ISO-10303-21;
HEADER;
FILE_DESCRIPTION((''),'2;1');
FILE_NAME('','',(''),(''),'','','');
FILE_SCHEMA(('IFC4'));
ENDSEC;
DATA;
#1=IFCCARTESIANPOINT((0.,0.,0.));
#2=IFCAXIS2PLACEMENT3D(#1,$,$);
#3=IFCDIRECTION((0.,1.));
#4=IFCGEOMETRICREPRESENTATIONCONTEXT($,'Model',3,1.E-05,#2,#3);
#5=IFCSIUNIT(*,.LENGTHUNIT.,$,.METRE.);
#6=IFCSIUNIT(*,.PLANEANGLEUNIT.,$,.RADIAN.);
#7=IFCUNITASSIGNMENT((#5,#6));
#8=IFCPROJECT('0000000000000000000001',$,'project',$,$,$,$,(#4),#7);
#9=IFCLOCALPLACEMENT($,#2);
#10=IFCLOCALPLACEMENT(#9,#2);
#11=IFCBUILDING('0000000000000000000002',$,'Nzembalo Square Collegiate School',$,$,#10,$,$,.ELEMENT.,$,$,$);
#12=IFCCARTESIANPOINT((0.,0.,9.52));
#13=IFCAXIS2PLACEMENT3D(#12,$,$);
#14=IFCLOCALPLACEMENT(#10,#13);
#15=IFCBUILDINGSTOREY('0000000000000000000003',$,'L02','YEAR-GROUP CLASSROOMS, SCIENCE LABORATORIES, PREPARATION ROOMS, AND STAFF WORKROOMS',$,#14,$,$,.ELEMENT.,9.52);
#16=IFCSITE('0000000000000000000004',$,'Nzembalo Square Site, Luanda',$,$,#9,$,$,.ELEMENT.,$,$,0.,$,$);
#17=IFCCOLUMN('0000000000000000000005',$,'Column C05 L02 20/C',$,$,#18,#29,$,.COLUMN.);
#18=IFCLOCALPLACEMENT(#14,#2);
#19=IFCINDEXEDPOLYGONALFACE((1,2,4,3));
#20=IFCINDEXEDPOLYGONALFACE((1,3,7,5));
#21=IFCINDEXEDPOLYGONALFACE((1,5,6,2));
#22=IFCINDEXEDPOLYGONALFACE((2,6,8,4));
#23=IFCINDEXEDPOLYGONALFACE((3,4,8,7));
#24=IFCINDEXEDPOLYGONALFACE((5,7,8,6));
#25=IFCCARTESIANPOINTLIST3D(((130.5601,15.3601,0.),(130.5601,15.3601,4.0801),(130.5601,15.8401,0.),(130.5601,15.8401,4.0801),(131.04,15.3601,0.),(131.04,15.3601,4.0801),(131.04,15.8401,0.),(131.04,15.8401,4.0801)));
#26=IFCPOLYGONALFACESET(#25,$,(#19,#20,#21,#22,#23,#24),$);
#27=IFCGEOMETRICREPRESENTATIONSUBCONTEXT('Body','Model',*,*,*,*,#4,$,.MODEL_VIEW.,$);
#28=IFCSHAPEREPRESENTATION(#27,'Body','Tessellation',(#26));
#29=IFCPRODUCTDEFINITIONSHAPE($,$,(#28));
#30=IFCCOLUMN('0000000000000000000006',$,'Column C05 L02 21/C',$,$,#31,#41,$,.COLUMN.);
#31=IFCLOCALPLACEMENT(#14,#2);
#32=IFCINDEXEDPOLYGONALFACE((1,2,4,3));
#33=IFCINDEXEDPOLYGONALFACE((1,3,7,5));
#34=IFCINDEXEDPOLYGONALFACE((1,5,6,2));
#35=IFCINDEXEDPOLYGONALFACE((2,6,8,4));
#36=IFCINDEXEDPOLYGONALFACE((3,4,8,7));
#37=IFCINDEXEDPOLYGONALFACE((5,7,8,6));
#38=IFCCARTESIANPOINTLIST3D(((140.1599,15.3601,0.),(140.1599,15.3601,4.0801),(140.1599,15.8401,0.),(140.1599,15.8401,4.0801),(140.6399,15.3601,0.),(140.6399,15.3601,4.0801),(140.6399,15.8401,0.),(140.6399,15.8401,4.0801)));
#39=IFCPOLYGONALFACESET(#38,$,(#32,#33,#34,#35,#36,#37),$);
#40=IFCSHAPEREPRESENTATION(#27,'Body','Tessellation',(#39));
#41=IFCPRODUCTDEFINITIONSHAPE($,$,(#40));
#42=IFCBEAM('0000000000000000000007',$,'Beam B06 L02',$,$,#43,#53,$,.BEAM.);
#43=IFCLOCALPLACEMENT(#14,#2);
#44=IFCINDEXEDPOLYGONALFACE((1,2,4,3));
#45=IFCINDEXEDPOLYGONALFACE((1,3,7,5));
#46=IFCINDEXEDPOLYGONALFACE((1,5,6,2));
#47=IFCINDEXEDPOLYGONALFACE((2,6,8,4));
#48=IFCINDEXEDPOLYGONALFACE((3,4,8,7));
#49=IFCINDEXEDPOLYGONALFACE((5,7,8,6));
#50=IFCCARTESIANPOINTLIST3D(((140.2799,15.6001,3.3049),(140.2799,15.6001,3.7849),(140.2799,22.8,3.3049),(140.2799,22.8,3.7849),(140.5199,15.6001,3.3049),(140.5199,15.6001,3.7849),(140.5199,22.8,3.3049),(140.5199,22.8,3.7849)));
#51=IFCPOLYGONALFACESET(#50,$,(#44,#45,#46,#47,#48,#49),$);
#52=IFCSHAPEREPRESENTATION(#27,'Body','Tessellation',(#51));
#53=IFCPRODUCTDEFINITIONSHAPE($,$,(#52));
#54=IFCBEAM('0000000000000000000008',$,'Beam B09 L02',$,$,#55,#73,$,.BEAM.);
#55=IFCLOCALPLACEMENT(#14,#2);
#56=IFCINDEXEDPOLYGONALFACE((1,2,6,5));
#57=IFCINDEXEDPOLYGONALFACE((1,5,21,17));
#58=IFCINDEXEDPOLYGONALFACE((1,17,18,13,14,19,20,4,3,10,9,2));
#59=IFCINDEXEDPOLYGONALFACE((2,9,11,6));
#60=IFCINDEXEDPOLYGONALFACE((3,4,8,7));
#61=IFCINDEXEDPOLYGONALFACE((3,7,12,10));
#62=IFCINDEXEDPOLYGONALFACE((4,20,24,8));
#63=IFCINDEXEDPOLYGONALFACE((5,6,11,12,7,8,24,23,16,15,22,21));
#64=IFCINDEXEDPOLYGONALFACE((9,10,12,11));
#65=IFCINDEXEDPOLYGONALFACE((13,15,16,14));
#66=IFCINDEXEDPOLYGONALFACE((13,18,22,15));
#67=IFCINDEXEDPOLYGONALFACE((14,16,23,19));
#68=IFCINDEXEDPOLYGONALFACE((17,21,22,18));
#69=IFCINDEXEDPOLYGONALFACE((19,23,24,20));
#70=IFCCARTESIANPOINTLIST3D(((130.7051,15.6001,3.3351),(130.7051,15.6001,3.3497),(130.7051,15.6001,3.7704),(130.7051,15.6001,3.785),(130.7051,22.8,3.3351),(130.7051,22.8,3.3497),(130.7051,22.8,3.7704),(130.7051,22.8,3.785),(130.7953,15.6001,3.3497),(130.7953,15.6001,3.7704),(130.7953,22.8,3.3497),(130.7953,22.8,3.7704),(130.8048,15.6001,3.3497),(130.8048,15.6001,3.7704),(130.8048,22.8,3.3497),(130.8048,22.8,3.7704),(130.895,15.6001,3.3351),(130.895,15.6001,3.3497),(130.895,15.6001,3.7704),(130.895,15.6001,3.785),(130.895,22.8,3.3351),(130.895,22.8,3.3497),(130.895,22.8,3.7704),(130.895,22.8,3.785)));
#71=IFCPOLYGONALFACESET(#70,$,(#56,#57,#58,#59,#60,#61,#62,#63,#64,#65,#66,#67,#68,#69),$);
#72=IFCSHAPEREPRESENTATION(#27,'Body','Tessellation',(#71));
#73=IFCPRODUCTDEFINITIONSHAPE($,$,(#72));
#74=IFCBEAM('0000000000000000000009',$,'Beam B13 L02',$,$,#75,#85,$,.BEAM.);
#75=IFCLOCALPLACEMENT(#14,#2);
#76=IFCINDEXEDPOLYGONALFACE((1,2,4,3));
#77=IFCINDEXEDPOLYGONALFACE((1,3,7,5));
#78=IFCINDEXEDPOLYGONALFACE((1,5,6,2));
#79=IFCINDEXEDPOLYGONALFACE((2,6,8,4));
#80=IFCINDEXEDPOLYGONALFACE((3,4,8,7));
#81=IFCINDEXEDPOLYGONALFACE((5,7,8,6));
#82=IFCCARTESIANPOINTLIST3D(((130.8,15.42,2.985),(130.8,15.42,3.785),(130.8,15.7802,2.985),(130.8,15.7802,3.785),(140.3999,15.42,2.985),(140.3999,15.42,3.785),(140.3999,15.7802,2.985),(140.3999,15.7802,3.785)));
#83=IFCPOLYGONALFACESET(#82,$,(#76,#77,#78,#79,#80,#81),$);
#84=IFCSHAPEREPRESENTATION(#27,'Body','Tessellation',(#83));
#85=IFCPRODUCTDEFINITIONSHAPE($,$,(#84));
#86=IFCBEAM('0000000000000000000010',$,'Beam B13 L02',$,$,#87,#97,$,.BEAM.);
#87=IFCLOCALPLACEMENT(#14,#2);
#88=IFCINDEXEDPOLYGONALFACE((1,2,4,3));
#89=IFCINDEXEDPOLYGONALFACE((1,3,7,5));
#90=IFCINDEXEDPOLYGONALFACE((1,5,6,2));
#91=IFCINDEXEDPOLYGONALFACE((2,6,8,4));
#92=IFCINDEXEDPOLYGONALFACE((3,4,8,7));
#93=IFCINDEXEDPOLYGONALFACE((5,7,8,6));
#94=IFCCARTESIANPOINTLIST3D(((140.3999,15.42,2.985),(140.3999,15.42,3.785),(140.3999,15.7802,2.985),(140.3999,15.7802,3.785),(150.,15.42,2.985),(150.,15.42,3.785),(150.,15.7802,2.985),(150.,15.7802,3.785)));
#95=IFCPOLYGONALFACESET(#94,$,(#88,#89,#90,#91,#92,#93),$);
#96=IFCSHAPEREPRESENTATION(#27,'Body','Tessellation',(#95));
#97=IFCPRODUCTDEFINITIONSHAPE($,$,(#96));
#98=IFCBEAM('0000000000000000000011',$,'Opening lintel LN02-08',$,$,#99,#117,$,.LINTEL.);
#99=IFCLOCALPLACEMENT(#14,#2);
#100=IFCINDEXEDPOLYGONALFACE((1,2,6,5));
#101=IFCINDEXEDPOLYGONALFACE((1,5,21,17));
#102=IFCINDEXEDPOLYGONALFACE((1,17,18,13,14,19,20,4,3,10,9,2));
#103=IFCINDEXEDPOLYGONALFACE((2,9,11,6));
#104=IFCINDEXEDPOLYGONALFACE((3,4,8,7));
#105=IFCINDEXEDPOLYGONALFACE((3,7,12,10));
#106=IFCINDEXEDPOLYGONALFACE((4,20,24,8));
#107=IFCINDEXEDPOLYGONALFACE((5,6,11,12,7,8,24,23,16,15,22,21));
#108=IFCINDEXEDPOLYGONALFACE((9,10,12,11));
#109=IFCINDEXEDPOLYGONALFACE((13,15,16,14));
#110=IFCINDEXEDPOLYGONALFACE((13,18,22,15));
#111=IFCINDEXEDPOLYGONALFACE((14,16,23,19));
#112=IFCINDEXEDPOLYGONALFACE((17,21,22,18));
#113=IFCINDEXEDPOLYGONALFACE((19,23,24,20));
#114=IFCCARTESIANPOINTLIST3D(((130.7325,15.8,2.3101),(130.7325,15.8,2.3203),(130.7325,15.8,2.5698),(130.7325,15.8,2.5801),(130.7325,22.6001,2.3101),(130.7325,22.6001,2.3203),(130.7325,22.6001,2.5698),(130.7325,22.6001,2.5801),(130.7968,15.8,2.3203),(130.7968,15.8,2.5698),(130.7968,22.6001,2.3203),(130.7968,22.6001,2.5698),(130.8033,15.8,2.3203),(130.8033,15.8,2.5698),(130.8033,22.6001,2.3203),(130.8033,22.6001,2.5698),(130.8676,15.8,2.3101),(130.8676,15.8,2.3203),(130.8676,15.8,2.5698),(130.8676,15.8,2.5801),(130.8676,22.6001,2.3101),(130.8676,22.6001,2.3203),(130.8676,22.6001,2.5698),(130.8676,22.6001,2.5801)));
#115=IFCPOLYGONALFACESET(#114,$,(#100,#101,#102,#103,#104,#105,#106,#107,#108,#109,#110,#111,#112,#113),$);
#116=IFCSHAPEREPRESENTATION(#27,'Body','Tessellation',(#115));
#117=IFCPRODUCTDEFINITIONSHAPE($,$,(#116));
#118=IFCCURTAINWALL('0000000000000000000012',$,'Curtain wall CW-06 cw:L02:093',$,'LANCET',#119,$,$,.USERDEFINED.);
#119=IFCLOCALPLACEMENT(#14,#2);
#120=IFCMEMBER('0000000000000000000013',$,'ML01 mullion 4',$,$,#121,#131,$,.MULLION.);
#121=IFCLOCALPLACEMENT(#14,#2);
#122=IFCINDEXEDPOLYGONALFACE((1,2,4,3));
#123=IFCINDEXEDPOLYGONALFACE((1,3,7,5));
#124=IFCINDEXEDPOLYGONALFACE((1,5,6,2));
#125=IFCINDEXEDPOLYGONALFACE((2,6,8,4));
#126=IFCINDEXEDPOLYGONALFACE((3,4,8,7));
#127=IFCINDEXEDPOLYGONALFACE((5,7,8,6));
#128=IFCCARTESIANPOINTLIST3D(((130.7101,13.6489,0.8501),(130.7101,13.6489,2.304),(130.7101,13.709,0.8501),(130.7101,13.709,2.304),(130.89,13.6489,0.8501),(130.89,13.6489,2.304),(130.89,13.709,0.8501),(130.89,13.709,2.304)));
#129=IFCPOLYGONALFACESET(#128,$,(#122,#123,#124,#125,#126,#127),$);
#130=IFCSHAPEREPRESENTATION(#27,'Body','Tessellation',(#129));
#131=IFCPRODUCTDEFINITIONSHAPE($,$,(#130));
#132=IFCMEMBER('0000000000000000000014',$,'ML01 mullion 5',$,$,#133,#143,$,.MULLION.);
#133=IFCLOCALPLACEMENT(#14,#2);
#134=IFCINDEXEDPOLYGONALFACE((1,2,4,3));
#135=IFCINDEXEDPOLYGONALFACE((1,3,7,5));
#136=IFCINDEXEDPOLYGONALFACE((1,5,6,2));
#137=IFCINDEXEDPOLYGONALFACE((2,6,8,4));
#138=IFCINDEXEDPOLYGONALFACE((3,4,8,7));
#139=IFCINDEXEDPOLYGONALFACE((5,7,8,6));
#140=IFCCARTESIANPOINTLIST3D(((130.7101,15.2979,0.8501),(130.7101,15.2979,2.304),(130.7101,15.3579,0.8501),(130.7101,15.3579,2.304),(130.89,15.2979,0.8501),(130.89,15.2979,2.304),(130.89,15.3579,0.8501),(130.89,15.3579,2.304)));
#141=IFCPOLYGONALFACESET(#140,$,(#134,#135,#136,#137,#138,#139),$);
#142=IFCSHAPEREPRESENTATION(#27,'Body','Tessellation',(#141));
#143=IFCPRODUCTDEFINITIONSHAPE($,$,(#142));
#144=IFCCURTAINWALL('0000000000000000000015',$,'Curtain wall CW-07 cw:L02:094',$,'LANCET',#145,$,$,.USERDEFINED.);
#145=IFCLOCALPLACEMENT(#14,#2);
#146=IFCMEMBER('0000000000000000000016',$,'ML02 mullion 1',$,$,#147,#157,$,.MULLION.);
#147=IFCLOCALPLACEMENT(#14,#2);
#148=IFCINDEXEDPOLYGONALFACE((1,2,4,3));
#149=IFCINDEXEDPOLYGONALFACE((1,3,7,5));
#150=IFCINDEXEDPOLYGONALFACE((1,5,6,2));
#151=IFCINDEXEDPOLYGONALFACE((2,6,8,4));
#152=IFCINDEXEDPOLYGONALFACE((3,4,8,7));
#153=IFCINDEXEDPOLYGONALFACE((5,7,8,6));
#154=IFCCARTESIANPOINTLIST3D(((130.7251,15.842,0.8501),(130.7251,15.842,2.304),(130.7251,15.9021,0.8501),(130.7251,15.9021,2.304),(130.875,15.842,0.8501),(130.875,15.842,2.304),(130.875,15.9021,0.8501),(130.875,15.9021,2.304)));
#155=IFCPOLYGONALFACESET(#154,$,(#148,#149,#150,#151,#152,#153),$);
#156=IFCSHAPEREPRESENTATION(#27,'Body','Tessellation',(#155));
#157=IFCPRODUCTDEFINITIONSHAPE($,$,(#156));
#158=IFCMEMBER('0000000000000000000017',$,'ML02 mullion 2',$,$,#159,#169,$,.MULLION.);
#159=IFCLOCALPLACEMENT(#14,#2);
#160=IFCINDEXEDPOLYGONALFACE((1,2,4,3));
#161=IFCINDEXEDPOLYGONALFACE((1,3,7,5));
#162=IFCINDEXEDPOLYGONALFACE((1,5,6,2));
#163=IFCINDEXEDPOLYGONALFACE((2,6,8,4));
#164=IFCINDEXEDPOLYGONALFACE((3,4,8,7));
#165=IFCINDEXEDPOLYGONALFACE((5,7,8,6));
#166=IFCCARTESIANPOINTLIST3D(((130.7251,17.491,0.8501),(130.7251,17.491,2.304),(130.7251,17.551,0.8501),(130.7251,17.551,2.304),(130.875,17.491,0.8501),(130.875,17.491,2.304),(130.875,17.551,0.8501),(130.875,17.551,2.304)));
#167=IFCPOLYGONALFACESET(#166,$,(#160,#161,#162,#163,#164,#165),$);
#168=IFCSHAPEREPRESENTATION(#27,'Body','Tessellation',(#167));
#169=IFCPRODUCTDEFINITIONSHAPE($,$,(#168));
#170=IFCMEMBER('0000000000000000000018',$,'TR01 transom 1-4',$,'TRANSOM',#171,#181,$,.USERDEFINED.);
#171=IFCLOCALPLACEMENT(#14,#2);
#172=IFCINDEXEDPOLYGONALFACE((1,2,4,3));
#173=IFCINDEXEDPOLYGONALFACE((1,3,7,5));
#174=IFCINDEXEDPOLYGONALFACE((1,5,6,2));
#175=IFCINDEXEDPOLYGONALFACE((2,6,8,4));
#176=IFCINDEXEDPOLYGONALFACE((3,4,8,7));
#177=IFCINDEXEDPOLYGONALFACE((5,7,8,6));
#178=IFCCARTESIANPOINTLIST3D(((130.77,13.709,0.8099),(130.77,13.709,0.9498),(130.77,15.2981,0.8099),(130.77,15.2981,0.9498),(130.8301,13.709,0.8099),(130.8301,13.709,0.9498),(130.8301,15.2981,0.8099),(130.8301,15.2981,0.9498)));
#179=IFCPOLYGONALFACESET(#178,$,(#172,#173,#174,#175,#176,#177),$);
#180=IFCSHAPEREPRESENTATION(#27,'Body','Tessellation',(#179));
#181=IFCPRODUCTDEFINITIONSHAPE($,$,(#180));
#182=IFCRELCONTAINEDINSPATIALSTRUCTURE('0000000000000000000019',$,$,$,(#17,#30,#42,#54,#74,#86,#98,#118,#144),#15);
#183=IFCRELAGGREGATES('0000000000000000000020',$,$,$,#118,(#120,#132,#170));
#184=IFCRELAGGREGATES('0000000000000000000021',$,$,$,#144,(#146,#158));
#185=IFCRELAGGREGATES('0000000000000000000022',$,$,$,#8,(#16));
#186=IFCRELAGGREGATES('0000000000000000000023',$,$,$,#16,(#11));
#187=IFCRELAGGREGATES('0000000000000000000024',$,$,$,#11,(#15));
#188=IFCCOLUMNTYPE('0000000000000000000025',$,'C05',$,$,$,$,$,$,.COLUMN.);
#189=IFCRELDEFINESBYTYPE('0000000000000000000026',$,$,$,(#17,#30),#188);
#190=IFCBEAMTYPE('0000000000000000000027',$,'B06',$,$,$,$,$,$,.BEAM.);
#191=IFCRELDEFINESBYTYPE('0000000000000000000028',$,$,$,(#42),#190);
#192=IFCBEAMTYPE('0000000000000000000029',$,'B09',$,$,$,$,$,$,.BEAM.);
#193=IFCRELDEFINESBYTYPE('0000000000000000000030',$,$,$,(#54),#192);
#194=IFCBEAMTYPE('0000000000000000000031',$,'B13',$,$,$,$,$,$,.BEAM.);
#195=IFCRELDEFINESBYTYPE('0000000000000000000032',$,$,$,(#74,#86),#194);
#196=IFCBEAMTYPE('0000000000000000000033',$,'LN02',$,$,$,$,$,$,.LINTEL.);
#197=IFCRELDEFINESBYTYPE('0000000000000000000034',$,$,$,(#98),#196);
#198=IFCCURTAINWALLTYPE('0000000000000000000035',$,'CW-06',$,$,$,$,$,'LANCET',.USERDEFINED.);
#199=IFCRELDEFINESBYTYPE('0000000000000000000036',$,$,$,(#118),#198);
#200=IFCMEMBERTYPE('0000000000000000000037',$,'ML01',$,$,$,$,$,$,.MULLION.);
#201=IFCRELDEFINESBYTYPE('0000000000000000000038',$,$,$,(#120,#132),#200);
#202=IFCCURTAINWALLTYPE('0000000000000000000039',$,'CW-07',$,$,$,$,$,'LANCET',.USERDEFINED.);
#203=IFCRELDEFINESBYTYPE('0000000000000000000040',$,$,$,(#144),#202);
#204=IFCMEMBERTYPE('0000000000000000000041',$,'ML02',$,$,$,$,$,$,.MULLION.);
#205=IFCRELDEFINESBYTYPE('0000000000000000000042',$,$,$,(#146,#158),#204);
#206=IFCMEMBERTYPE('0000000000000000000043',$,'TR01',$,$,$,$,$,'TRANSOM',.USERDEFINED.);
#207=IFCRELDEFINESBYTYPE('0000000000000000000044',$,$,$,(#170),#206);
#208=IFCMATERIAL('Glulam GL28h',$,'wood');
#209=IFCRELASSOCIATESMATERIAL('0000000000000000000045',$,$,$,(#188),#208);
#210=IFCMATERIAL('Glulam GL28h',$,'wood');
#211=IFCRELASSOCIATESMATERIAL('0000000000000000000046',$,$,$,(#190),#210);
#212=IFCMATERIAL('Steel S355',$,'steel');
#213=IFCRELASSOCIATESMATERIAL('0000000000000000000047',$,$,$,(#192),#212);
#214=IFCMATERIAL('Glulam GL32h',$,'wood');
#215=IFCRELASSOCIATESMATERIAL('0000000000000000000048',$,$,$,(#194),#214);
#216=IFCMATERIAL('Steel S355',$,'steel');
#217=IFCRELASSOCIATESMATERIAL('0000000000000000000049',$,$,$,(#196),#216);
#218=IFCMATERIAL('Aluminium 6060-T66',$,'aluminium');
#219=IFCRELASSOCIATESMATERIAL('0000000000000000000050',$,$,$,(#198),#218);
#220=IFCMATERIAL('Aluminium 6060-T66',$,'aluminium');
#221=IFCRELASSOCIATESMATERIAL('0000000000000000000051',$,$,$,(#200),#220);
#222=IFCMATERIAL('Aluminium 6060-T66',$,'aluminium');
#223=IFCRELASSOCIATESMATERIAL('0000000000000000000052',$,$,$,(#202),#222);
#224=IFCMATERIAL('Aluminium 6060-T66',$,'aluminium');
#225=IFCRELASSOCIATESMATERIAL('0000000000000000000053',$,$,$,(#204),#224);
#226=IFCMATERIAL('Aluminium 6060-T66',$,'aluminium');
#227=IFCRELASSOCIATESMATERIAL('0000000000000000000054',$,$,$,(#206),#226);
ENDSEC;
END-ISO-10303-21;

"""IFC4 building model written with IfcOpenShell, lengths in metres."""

from ifc_helpers import new_model, si_unit, direction, frame, origin, origin_2d, place, context, subcontext, project, spatial, rectangle, i_section, extrude, material, material_profile, profile_set, type_object, element, aggregate, save


model = new_model("IFC4")

# Units and contexts
model_context = context("Model", 3, precision=1e-05, world=origin(), true_north=direction((0.0, 1.0)))
body_context = subcontext(model_context, "Body", "Model", "MODEL_VIEW")
ifc_project = project(units=[si_unit("LENGTHUNIT", "METRE"), si_unit("PLANEANGLEUNIT", "RADIAN")], contexts=[model_context])

# Site, building, storey
site_placement = place(None, origin())
site = spatial("IfcSite", under=ifc_project, at=site_placement, Name="Nzembalo Square Site, Luanda", CompositionType="ELEMENT", RefElevation=0.0)
building_placement = place(site_placement, origin())
building = spatial("IfcBuilding", under=site, at=building_placement, Name="Nzembalo Square Collegiate School", CompositionType="ELEMENT")
storey_placement = place(building_placement, frame((0.0, 0.0, 9.52)))
storey = spatial("IfcBuildingStorey", under=building, at=storey_placement, Name="L02", Description="YEAR-GROUP CLASSROOMS, SCIENCE LABORATORIES, PREPARATION ROOMS, AND STAFF WORKROOMS", CompositionType="ELEMENT", Elevation=9.52)

# Columns
ifc_material_1 = material(Name="Glulam GL28h", Category="wood")
ifc_material_profile_1 = material_profile(ifc_material_1, rectangle(XDim=0.48, YDim=0.48, at=origin_2d()), Name="GL28h 480x480")
ifc_profile_set_1 = profile_set([ifc_material_profile_1], Name="Glulam GL28h")
column_type = type_object("IfcColumnType", Name="C05", PredefinedType="COLUMN", material=ifc_profile_set_1)
for number, where, z_axis, x_axis, name in (
    (1, (130.8, 15.6001, 0.0), (0.0, 0.0, 1.0), (1.0, 0.0, 0.0), "Column C05 L02 20/C"),
    (2, (140.3999, 15.6001, 0.0), (0.0, 0.0, 1.0), (1.0, 0.0, 0.0), "Column C05 L02 21/C"),
):
    element("IfcColumn", number, at=place(storey_placement, frame(where, z_axis=z_axis, x_axis=x_axis)), inside=storey, type_object=column_type, Name=name, PredefinedType="COLUMN", context=body_context, shape_type="SweptSolid", body=[
        extrude(rectangle(XDim=0.48, YDim=0.48, at=origin_2d()), origin(), (0.0, 0.0, 1.0), 4.0801),
    ])

# Beams
ifc_material_2 = material(Name="Glulam GL28h", Category="wood")
ifc_material_profile_2 = material_profile(ifc_material_2, rectangle(XDim=0.24, YDim=0.48, at=origin_2d()), Name="GL28h 240x480")
ifc_profile_set_2 = profile_set([ifc_material_profile_2], Name="Glulam GL28h")
beam_type_1 = type_object("IfcBeamType", Name="B06", PredefinedType="BEAM", material=ifc_profile_set_2)
beam_1_placement = place(storey_placement, frame((140.3999, 15.6001, 3.5449), z_axis=(0.0, 1.0, 0.0), x_axis=(-1.0, 0.0, 0.0)))
element("IfcBeam", 3, at=beam_1_placement, inside=storey, type_object=beam_type_1, Name="Beam B06 L02", PredefinedType="BEAM", context=body_context, shape_type="SweptSolid", body=[
    extrude(rectangle(XDim=0.24, YDim=0.48, at=origin_2d()), origin(), (0.0, 0.0, 1.0), 7.2),
])
ifc_material_3 = material(Name="Steel S355", Category="steel")
ifc_material_profile_3 = material_profile(ifc_material_3, i_section(OverallWidth=0.1899, OverallDepth=0.45, WebThickness=0.0095, FlangeThickness=0.0146, at=origin_2d()), Name="IPE 450")
ifc_profile_set_3 = profile_set([ifc_material_profile_3], Name="Steel S355")
beam_type_2 = type_object("IfcBeamType", Name="B09", PredefinedType="BEAM", material=ifc_profile_set_3)
beam_2_placement = place(storey_placement, frame((130.8, 15.6001, 3.5601), z_axis=(0.0, 1.0, 0.0), x_axis=(-1.0, 0.0, 0.0)))
element("IfcBeam", 4, at=beam_2_placement, inside=storey, type_object=beam_type_2, Name="Beam B09 L02", PredefinedType="BEAM", context=body_context, shape_type="SweptSolid", body=[
    extrude(i_section(OverallWidth=0.1899, OverallDepth=0.45, WebThickness=0.0095, FlangeThickness=0.0146, at=origin_2d()), origin(), (0.0, 0.0, 1.0), 7.2),
])
ifc_material_4 = material(Name="Glulam GL32h", Category="wood")
ifc_material_profile_4 = material_profile(ifc_material_4, rectangle(XDim=0.3601, YDim=0.8, at=origin_2d()), Name="GL32h 360x800")
ifc_profile_set_4 = profile_set([ifc_material_profile_4], Name="Glulam GL32h")
beam_type_3 = type_object("IfcBeamType", Name="B13", PredefinedType="BEAM", material=ifc_profile_set_4)
beam_3_placement = place(storey_placement, frame((130.8, 15.6001, 3.385), z_axis=(1.0, 0.0, 0.0), x_axis=(0.0, 1.0, 0.0)))
element("IfcBeam", 5, at=beam_3_placement, inside=storey, type_object=beam_type_3, Name="Beam B13 L02", PredefinedType="BEAM", context=body_context, shape_type="SweptSolid", body=[
    extrude(rectangle(XDim=0.3601, YDim=0.8, at=origin_2d()), origin(), (0.0, 0.0, 1.0), 9.5999),
])
beam_4_placement = place(storey_placement, frame((140.3999, 15.6001, 3.385), z_axis=(1.0, 0.0, 0.0), x_axis=(0.0, 1.0, 0.0)))
element("IfcBeam", 6, at=beam_4_placement, inside=storey, type_object=beam_type_3, Name="Beam B13 L02", PredefinedType="BEAM", context=body_context, shape_type="SweptSolid", body=[
    extrude(rectangle(XDim=0.3601, YDim=0.8, at=origin_2d()), origin(), (0.0, 0.0, 1.0), 9.6001),
])
ifc_material_5 = material(Name="Steel S355", Category="steel")
ifc_material_profile_5 = material_profile(ifc_material_5, i_section(OverallWidth=0.135, OverallDepth=0.27, WebThickness=0.0066, FlangeThickness=0.0103, at=origin_2d()), Name="IPE 270")
ifc_profile_set_5 = profile_set([ifc_material_profile_5], Name="Steel S355")
beam_type_4 = type_object("IfcBeamType", Name="LN02", PredefinedType="LINTEL", material=ifc_profile_set_5)
beam_5_placement = place(storey_placement, frame((130.8, 15.8, 2.4451), z_axis=(0.0, 1.0, 0.0), x_axis=(-1.0, 0.0, 0.0)))
element("IfcBeam", 7, at=beam_5_placement, inside=storey, type_object=beam_type_4, Name="Opening lintel LN02-08", PredefinedType="LINTEL", context=body_context, shape_type="SweptSolid", body=[
    extrude(i_section(OverallWidth=0.135, OverallDepth=0.27, WebThickness=0.0066, FlangeThickness=0.0103, at=origin_2d()), origin(), (0.0, 0.0, 1.0), 6.8),
])

# Curtain walls, members
ifc_material_6 = material(Name="Aluminium 6060-T66", Category="aluminium")
curtain_wall_type_1 = type_object("IfcCurtainWallType", Name="CW-06", ElementType="LANCET", PredefinedType="USERDEFINED", material=ifc_material_6)
curtain_wall_1_placement = place(storey_placement, origin())
curtain_wall_1 = element("IfcCurtainWall", 8, at=curtain_wall_1_placement, inside=storey, type_object=curtain_wall_type_1, Name="Curtain wall CW-06 cw:L02:093", ObjectType="LANCET", PredefinedType="USERDEFINED")
ifc_material_7 = material(Name="Aluminium 6060-T66", Category="aluminium")
ifc_material_profile_6 = material_profile(ifc_material_7, rectangle(XDim=0.0601, YDim=0.1799, at=origin_2d()), Name="ALU M60x180")
ifc_profile_set_6 = profile_set([ifc_material_profile_6], Name="Aluminium 6060-T66")
member_type_1 = type_object("IfcMemberType", Name="ML01", PredefinedType="MULLION", material=ifc_profile_set_6)
member_1_placement = place(storey_placement, frame((130.8, 13.679, 0.8501), z_axis=(0.0, 0.0, 1.0), x_axis=(0.0, 1.0, 0.0)))
member_1 = element("IfcMember", 9, at=member_1_placement, type_object=member_type_1, Name="ML01 mullion 4", PredefinedType="MULLION", context=body_context, shape_type="SweptSolid", body=[
    extrude(rectangle(XDim=0.0601, YDim=0.1799, at=origin_2d()), origin(), (0.0, 0.0, 1.0), 1.4539),
])
member_2_placement = place(storey_placement, frame((130.8, 15.3279, 0.8501), z_axis=(0.0, 0.0, 1.0), x_axis=(0.0, 1.0, 0.0)))
member_2 = element("IfcMember", 10, at=member_2_placement, type_object=member_type_1, Name="ML01 mullion 5", PredefinedType="MULLION", context=body_context, shape_type="SweptSolid", body=[
    extrude(rectangle(XDim=0.0601, YDim=0.1799, at=origin_2d()), origin(), (0.0, 0.0, 1.0), 1.4539),
])
ifc_material_8 = material(Name="Aluminium 6060-T66", Category="aluminium")
curtain_wall_type_2 = type_object("IfcCurtainWallType", Name="CW-07", ElementType="LANCET", PredefinedType="USERDEFINED", material=ifc_material_8)
curtain_wall_2_placement = place(storey_placement, origin())
curtain_wall_2 = element("IfcCurtainWall", 11, at=curtain_wall_2_placement, inside=storey, type_object=curtain_wall_type_2, Name="Curtain wall CW-07 cw:L02:094", ObjectType="LANCET", PredefinedType="USERDEFINED")
ifc_material_9 = material(Name="Aluminium 6060-T66", Category="aluminium")
ifc_material_profile_7 = material_profile(ifc_material_9, rectangle(XDim=0.0601, YDim=0.1499, at=origin_2d()), Name="ALU M60x150")
ifc_profile_set_7 = profile_set([ifc_material_profile_7], Name="Aluminium 6060-T66")
member_type_2 = type_object("IfcMemberType", Name="ML02", PredefinedType="MULLION", material=ifc_profile_set_7)
member_3_placement = place(storey_placement, frame((130.8, 15.8721, 0.8501), z_axis=(0.0, 0.0, 1.0), x_axis=(0.0, 1.0, 0.0)))
member_3 = element("IfcMember", 12, at=member_3_placement, type_object=member_type_2, Name="ML02 mullion 1", PredefinedType="MULLION", context=body_context, shape_type="SweptSolid", body=[
    extrude(rectangle(XDim=0.0601, YDim=0.1499, at=origin_2d()), origin(), (0.0, 0.0, 1.0), 1.4539),
])
member_4_placement = place(storey_placement, frame((130.8, 17.521, 0.8501), z_axis=(0.0, 0.0, 1.0), x_axis=(0.0, 1.0, 0.0)))
member_4 = element("IfcMember", 13, at=member_4_placement, type_object=member_type_2, Name="ML02 mullion 2", PredefinedType="MULLION", context=body_context, shape_type="SweptSolid", body=[
    extrude(rectangle(XDim=0.0601, YDim=0.1499, at=origin_2d()), origin(), (0.0, 0.0, 1.0), 1.4539),
])

# Member
ifc_material_10 = material(Name="Aluminium 6060-T66", Category="aluminium")
ifc_material_profile_8 = material_profile(ifc_material_10, rectangle(XDim=0.0601, YDim=0.1399, at=origin_2d()), Name="ALU T60x140")
ifc_profile_set_8 = profile_set([ifc_material_profile_8], Name="Aluminium 6060-T66")
member_type_3 = type_object("IfcMemberType", Name="TR01", ElementType="TRANSOM", PredefinedType="USERDEFINED", material=ifc_profile_set_8)
member_5_placement = place(storey_placement, frame((130.8, 13.709, 0.8799), z_axis=(0.0, 1.0, 0.0), x_axis=(-1.0, 0.0, 0.0)))
member_5 = element("IfcMember", 14, at=member_5_placement, type_object=member_type_3, Name="TR01 transom 1-4", ObjectType="TRANSOM", PredefinedType="USERDEFINED", context=body_context, shape_type="SweptSolid", body=[
    extrude(rectangle(XDim=0.0601, YDim=0.1399, at=origin_2d()), origin(), (0.0, 0.0, 1.0), 1.5891),
])

aggregate(curtain_wall_1, [member_1, member_2, member_5])
aggregate(curtain_wall_2, [member_3, member_4])

save(model, "model.ifc")
